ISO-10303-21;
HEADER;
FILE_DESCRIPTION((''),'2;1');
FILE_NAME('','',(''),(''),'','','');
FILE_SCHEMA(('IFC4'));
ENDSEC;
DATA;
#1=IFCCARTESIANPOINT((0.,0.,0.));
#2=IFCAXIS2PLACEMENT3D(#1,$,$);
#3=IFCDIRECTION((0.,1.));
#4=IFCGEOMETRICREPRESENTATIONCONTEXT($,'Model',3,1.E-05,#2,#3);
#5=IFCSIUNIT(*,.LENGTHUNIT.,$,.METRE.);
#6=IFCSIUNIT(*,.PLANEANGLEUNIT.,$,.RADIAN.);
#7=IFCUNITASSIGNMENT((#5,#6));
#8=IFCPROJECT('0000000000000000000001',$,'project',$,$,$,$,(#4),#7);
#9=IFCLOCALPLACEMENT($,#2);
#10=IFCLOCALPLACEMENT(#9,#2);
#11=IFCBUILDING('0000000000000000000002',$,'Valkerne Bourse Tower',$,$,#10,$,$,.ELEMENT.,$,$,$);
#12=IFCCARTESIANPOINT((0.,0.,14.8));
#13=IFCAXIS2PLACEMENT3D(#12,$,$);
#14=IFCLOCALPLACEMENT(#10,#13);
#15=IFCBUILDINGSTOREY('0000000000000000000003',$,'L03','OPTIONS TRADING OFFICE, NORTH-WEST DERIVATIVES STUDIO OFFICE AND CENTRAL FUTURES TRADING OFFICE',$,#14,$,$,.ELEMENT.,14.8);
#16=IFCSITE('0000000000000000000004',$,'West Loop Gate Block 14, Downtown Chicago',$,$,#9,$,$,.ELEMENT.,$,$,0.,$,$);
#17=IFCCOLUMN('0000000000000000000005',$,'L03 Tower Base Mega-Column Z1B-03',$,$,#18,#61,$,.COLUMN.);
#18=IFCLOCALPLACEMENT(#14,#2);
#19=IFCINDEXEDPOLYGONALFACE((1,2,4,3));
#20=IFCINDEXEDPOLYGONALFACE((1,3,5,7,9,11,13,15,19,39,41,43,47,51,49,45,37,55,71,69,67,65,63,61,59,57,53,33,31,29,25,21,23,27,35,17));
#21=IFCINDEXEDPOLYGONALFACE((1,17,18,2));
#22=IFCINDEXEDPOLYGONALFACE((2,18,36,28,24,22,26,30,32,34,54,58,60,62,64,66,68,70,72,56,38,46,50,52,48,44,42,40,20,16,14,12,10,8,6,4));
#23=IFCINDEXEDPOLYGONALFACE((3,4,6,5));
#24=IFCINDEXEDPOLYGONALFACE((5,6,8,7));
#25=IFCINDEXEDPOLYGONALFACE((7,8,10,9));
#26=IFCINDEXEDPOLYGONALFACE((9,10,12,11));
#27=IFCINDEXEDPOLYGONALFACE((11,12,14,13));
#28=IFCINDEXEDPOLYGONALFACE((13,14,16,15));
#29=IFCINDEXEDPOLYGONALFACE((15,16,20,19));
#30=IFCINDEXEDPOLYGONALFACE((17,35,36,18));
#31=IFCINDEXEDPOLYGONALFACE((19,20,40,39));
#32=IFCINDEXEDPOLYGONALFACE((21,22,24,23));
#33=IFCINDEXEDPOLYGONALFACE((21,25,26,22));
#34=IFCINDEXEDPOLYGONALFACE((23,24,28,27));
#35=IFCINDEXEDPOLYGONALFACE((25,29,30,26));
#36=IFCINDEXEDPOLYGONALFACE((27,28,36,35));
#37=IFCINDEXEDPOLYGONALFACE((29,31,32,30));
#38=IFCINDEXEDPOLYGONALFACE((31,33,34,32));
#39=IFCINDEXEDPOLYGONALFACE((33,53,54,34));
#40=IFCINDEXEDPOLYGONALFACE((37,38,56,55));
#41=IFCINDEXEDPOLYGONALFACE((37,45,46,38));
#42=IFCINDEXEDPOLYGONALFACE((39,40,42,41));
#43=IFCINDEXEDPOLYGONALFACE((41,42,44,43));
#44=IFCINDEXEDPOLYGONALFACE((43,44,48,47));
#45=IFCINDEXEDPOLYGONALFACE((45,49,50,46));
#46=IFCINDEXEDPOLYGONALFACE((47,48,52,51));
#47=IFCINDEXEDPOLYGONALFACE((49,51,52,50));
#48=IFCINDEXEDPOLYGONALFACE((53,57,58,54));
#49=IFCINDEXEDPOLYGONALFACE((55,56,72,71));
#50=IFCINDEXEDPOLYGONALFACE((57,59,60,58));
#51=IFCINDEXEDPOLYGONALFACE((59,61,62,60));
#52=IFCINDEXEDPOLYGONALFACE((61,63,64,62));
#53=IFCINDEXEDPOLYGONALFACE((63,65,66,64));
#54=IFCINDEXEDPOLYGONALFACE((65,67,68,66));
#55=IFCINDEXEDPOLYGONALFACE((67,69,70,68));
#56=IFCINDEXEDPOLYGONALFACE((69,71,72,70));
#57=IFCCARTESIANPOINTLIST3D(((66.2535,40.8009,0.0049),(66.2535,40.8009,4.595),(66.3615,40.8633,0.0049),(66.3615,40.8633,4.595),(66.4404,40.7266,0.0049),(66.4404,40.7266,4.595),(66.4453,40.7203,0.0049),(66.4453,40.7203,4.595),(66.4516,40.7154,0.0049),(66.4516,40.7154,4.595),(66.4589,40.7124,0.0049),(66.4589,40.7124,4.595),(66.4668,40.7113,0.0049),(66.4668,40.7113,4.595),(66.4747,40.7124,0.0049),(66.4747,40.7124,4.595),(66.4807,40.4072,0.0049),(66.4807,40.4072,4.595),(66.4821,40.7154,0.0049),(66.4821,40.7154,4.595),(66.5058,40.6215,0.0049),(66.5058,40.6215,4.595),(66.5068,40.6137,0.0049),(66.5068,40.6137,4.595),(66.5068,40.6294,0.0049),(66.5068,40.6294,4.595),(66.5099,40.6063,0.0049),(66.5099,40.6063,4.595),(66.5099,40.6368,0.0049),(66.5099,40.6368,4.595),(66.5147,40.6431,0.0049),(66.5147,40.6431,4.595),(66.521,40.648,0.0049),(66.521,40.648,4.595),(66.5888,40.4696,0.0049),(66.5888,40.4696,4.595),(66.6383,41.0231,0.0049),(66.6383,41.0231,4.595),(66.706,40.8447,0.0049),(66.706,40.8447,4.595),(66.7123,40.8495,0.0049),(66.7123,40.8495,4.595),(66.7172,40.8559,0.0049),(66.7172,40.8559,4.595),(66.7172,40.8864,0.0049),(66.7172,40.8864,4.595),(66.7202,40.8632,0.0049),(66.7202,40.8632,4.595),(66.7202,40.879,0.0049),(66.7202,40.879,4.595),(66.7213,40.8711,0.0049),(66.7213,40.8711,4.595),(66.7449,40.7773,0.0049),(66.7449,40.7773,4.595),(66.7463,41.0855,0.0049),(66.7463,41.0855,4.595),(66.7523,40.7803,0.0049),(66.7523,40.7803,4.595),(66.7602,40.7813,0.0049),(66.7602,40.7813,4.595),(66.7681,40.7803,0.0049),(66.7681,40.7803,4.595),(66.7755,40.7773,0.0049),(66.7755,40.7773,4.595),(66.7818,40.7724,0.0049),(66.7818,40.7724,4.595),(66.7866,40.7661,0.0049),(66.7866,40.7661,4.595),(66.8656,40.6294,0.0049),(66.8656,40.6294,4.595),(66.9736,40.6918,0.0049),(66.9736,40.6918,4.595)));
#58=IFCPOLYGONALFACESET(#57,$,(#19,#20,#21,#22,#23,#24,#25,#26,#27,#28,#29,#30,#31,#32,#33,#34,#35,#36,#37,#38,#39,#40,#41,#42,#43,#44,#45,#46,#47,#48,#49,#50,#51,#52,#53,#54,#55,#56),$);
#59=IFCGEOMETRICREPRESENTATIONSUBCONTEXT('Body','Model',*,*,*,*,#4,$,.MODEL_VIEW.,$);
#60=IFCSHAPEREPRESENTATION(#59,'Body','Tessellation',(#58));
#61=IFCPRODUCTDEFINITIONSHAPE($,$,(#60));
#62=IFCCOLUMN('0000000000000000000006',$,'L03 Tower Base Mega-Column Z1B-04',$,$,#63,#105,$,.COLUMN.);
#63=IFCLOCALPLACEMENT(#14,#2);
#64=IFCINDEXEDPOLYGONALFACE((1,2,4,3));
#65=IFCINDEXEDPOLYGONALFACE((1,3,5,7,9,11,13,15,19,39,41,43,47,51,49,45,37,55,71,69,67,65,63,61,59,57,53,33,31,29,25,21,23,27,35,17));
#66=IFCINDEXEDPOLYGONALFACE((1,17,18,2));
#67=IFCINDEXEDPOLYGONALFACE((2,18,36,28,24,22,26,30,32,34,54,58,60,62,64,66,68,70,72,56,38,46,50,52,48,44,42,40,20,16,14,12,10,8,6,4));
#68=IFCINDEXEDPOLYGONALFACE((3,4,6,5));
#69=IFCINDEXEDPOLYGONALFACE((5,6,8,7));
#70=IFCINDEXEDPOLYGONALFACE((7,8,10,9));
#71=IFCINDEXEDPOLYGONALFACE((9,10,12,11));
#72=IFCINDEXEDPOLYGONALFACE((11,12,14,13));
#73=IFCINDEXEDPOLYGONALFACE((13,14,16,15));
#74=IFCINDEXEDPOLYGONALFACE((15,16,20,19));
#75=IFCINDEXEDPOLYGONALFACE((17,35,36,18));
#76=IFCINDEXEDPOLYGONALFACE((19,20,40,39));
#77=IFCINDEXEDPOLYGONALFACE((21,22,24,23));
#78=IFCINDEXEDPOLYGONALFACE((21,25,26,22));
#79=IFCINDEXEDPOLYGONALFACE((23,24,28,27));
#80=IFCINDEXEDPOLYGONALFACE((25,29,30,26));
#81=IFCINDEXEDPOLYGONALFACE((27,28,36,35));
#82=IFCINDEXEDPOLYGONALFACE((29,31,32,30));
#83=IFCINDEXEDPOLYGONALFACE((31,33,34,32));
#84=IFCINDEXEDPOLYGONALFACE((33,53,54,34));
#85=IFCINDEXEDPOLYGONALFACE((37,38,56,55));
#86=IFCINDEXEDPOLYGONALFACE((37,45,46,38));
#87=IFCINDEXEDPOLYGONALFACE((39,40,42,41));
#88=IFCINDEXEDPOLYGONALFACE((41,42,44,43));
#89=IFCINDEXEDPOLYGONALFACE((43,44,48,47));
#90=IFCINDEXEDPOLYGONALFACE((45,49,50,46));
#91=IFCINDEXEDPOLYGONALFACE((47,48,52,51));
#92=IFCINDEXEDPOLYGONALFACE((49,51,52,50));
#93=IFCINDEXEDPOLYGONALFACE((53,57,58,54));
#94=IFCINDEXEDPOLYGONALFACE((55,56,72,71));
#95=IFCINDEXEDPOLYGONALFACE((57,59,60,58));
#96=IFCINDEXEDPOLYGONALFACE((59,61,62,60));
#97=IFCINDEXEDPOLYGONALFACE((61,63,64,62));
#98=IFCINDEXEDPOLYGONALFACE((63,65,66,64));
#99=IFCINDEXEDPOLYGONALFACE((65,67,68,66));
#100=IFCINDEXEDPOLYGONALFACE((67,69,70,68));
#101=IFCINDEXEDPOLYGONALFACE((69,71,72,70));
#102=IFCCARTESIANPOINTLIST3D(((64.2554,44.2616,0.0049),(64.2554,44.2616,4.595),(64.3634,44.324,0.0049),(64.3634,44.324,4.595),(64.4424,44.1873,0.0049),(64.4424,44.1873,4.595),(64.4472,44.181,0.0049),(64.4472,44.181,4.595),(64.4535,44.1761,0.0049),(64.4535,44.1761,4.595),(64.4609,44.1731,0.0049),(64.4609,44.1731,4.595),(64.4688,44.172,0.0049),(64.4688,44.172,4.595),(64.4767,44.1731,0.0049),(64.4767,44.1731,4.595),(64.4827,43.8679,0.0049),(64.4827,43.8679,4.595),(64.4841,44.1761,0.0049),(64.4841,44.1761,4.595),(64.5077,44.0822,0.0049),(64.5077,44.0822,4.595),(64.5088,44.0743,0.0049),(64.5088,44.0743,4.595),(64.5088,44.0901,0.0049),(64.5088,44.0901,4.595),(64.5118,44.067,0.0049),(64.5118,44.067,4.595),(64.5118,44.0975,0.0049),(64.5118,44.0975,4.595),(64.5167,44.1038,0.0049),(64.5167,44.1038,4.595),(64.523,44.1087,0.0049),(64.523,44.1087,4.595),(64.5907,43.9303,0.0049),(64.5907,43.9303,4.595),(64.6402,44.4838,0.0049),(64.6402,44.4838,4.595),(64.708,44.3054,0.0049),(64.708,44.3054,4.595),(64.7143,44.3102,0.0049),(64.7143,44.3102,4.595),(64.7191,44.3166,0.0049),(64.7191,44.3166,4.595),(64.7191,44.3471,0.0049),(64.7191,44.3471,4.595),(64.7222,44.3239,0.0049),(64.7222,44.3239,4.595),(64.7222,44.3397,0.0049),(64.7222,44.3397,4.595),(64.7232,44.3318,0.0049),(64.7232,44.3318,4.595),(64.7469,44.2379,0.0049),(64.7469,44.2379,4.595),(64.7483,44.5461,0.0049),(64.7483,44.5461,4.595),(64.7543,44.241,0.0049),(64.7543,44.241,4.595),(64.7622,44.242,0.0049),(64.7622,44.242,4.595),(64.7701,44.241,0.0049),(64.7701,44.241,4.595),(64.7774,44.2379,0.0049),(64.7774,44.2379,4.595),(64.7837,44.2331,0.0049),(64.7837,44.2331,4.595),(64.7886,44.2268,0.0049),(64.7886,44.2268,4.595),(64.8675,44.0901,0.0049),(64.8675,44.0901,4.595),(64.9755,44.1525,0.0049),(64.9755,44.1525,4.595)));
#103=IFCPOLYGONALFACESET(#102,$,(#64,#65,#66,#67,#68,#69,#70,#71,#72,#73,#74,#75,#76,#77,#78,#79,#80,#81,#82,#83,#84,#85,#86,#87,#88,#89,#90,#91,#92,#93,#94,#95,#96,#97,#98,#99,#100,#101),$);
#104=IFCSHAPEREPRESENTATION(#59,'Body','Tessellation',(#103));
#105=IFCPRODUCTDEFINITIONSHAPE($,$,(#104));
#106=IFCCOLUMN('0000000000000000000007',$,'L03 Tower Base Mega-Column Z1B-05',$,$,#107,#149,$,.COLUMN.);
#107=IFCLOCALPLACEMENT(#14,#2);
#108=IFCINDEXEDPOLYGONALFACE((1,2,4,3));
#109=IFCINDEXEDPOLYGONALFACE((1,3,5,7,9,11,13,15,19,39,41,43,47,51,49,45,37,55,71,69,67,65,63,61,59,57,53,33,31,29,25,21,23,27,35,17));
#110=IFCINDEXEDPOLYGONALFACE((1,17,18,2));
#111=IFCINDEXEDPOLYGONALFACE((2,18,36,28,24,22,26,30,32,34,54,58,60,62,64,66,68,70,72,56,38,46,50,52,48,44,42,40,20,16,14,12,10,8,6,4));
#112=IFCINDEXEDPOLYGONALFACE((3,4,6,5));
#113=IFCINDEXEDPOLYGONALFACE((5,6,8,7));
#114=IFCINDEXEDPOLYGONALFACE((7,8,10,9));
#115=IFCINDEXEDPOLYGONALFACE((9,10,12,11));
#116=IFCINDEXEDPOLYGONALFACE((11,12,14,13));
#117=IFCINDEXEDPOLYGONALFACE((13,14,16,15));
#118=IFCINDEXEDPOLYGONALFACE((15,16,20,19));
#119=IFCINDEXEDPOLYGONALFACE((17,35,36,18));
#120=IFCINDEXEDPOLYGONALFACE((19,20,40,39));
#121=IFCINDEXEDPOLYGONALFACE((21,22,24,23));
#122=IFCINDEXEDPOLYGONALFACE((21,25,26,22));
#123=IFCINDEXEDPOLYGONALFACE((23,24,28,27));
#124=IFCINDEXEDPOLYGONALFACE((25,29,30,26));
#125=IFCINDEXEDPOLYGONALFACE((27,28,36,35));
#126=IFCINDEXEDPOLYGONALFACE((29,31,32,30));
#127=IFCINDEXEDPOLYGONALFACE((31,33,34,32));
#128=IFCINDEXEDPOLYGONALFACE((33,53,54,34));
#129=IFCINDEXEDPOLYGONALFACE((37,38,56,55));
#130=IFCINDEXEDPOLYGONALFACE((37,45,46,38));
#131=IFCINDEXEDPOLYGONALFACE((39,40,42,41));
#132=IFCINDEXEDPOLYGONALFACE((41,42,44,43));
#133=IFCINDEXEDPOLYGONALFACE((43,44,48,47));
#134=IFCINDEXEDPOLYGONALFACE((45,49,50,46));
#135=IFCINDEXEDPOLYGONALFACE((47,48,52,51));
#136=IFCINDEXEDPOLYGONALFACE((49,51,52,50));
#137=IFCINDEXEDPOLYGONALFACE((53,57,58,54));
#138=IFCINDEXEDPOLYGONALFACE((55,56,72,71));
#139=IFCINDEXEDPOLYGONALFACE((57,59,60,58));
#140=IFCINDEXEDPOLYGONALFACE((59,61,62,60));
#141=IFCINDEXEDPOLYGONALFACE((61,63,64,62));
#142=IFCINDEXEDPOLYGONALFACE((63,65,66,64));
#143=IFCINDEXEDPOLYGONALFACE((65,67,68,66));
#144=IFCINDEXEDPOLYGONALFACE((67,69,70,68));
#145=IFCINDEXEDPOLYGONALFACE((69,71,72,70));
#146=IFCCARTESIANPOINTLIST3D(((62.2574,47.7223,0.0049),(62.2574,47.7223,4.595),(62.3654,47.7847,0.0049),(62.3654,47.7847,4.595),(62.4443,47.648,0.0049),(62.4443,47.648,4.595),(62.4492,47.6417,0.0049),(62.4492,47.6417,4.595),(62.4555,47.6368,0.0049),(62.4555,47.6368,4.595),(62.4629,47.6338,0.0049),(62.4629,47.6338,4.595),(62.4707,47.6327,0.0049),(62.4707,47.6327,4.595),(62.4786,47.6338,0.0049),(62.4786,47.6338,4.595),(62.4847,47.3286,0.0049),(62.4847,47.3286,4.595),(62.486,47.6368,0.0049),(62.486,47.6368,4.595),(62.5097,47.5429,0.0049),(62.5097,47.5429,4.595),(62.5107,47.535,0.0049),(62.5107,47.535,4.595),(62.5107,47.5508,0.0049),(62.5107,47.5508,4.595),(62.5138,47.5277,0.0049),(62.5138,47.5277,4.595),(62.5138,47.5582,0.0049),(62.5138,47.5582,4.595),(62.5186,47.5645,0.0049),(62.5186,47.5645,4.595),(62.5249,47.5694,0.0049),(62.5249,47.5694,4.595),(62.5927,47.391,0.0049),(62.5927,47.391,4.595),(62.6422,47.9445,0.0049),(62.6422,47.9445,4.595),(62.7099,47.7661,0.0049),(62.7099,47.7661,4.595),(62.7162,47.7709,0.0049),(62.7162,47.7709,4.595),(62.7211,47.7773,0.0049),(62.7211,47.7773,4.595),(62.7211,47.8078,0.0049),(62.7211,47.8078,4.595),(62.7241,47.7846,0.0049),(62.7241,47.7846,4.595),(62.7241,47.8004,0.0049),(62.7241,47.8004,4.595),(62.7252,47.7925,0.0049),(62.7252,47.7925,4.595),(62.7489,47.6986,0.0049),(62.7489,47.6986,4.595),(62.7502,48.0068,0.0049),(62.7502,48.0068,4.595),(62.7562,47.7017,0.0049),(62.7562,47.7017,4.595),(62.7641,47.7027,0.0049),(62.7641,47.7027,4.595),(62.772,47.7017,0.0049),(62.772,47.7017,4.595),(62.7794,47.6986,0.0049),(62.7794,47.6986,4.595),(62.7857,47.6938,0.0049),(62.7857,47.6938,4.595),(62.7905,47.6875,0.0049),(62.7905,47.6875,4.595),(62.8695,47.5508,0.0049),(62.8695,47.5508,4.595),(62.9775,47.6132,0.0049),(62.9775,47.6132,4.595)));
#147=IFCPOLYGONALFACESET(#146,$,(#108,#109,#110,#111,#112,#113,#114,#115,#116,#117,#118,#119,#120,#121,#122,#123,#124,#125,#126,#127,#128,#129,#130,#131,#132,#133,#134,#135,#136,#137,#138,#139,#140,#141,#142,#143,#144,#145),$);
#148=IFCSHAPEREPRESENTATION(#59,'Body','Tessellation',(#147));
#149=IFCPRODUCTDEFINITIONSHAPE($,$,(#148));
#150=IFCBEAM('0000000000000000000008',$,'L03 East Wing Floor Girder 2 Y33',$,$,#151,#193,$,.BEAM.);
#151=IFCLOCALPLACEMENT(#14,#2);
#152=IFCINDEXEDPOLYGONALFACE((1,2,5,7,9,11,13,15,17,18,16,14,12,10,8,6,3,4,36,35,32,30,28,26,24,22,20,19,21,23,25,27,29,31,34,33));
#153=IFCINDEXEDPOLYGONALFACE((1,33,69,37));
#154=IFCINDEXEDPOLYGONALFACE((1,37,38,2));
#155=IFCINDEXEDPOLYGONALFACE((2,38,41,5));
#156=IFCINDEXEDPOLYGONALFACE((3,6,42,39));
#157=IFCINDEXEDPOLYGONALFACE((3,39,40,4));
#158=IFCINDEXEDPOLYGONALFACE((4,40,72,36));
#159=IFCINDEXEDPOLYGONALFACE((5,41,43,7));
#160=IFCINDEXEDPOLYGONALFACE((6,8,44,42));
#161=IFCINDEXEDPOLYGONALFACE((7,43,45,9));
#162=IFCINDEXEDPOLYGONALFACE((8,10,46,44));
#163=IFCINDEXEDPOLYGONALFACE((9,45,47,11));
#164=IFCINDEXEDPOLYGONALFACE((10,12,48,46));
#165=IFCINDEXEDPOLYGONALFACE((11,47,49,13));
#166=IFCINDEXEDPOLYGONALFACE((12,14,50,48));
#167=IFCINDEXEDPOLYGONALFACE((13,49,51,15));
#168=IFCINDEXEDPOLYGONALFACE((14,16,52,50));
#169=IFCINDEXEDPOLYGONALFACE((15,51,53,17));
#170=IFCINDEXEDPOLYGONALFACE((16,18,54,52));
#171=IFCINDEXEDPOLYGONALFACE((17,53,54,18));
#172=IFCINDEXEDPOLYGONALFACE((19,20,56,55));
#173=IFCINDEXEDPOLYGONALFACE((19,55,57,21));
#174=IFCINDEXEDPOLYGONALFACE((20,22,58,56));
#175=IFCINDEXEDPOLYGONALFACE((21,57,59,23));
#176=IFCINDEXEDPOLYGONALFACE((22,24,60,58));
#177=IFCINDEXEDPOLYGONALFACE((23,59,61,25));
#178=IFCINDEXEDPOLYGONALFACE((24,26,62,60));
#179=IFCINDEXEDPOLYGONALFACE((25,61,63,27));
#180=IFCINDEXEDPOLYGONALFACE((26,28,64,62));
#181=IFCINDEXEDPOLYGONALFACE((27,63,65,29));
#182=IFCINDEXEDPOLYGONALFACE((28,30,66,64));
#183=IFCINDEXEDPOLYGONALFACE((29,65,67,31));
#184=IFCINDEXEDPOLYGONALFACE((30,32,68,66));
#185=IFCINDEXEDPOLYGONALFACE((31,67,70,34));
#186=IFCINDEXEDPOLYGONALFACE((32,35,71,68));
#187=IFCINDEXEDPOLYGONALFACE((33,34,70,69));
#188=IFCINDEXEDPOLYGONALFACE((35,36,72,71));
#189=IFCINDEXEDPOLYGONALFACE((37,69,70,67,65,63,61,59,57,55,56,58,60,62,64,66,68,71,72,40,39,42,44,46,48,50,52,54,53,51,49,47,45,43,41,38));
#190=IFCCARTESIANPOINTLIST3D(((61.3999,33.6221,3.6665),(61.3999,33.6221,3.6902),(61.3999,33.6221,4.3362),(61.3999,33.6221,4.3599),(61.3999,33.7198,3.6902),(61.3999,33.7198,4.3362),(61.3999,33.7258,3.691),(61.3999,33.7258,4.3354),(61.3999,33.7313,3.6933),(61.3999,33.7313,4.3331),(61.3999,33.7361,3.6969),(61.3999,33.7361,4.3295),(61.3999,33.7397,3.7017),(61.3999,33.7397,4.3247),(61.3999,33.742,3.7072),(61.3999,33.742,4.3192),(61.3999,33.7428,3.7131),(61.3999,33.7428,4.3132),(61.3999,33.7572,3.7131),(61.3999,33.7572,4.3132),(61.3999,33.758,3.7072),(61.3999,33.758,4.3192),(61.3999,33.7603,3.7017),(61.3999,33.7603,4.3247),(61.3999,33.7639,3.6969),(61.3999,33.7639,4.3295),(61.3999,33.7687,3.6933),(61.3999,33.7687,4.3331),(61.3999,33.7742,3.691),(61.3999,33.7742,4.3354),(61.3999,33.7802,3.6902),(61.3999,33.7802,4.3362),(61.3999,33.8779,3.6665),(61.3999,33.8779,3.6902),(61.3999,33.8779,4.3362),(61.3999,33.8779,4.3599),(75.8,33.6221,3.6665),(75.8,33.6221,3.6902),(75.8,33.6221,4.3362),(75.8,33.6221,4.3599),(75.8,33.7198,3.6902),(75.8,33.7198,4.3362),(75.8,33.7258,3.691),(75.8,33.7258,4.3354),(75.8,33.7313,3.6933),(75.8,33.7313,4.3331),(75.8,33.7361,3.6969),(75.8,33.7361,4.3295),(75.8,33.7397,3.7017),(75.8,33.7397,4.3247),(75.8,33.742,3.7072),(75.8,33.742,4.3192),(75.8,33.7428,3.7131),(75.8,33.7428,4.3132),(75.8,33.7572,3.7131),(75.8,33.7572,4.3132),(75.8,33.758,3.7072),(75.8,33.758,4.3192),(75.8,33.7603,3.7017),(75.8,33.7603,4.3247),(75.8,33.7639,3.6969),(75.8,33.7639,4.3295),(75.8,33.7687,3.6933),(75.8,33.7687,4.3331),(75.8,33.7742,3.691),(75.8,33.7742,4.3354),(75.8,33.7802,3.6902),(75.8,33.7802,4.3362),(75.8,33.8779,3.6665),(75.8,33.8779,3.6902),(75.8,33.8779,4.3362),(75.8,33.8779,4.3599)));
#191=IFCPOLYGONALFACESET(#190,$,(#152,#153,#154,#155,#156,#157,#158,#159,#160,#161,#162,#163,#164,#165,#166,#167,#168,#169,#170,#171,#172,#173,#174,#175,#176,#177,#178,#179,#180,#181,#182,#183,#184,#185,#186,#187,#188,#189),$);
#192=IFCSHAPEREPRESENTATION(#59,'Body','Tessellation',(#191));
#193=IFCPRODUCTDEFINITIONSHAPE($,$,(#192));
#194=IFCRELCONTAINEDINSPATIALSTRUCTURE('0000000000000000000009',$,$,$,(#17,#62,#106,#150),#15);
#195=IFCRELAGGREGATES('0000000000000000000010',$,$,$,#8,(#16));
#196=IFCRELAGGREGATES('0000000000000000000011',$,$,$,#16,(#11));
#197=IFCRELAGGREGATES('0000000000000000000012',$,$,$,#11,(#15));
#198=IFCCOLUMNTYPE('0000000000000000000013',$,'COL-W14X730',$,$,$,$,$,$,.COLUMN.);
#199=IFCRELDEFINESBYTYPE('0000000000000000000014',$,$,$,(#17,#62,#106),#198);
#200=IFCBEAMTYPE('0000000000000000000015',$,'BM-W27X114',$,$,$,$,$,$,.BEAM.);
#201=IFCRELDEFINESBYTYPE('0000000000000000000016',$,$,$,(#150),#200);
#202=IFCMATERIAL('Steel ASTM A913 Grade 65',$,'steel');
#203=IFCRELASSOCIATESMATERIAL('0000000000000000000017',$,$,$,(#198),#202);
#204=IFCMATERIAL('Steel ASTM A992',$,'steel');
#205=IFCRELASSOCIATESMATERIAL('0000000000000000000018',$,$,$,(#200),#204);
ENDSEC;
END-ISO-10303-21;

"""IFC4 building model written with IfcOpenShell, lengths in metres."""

from ifc_helpers import new_model, si_unit, direction, frame, origin, origin_2d, place, context, subcontext, project, spatial, i_section, extrude, material, material_profile, profile_set, type_object, element, save


model = new_model("IFC4")

# Units and contexts
model_context = context("Model", 3, precision=1e-05, world=origin(), true_north=direction((0.0, 1.0)))
body_context = subcontext(model_context, "Body", "Model", "MODEL_VIEW")
ifc_project = project(units=[si_unit("LENGTHUNIT", "METRE"), si_unit("PLANEANGLEUNIT", "RADIAN")], contexts=[model_context])

# Site, building, storey
site_placement = place(None, origin())
site = spatial("IfcSite", under=ifc_project, at=site_placement, Name="West Loop Gate Block 14, Downtown Chicago", CompositionType="ELEMENT", RefElevation=0.0)
building_placement = place(site_placement, origin())
building = spatial("IfcBuilding", under=site, at=building_placement, Name="Valkerne Bourse Tower", CompositionType="ELEMENT")
storey_placement = place(building_placement, frame((0.0, 0.0, 14.8)))
storey = spatial("IfcBuildingStorey", under=building, at=storey_placement, Name="L03", Description="OPTIONS TRADING OFFICE, NORTH-WEST DERIVATIVES STUDIO OFFICE AND CENTRAL FUTURES TRADING OFFICE", CompositionType="ELEMENT", Elevation=14.8)

# Columns
ifc_material_1 = material(Name="Steel ASTM A913 Grade 65", Category="steel")
ifc_material_profile_1 = material_profile(ifc_material_1, i_section(OverallWidth=0.4546, OverallDepth=0.5691, WebThickness=0.0779, FlangeThickness=0.1248, FilletRadius=0.0305, at=origin_2d()), Name="W14X730")
ifc_profile_set_1 = profile_set([ifc_material_profile_1], Name="Steel ASTM A913 Grade 65")
column_type_1 = type_object("IfcColumnType", Name="COL-W14X730", PredefinedType="COLUMN", material=ifc_profile_set_1)
for number, where, z_axis, x_axis, name in (
    (1, (66.6135, 40.7463, 0.0049), (0.0, 0.0, 1.0), (-0.5, 0.866025, 0.0), "L03 Tower Base Mega-Column Z1B-03"),
    (2, (64.6155, 44.207, 0.0049), (0.0, 0.0, 1.0), (-0.5, 0.866025, 0.0), "L03 Tower Base Mega-Column Z1B-04"),
    (3, (62.6174, 47.6677, 0.0049), (0.0, 0.0, 1.0), (-0.5, 0.866025, 0.0), "L03 Tower Base Mega-Column Z1B-05"),
):
    element("IfcColumn", number, at=place(storey_placement, frame(where, z_axis=z_axis, x_axis=x_axis)), inside=storey, type_object=column_type_1, Name=name, PredefinedType="COLUMN", context=body_context, shape_type="SweptSolid", body=[
        extrude(i_section(OverallWidth=0.4546, OverallDepth=0.5691, WebThickness=0.0779, FlangeThickness=0.1248, FilletRadius=0.0305, at=origin_2d()), origin(), (0.0, 0.0, 1.0), 4.5901),
    ])

# Beam
ifc_material_2 = material(Name="Steel ASTM A992", Category="steel")
ifc_material_profile_2 = material_profile(ifc_material_2, i_section(OverallWidth=0.2559, OverallDepth=0.6934, WebThickness=0.0144, FlangeThickness=0.0237, FilletRadius=0.0229, at=origin_2d()), Name="W27X114")
ifc_profile_set_2 = profile_set([ifc_material_profile_2], Name="Steel ASTM A992")
beam_type_1 = type_object("IfcBeamType", Name="BM-W27X114", PredefinedType="BEAM", material=ifc_profile_set_2)
for number, where, z_axis, x_axis, name in (
    (4, (61.3999, 33.75, 4.0132), (1.0, 0.0, 0.0), (0.0, 1.0, 0.0), "L03 East Wing Floor Girder 2 Y33"),
):
    element("IfcBeam", number, at=place(storey_placement, frame(where, z_axis=z_axis, x_axis=x_axis)), inside=storey, type_object=beam_type_1, Name=name, PredefinedType="BEAM", context=body_context, shape_type="SweptSolid", body=[
        extrude(i_section(OverallWidth=0.2559, OverallDepth=0.6934, WebThickness=0.0144, FlangeThickness=0.0237, FilletRadius=0.0229, at=origin_2d()), origin(), (0.0, 0.0, 1.0), 14.4001),
    ])

save(model, "model.ifc")
